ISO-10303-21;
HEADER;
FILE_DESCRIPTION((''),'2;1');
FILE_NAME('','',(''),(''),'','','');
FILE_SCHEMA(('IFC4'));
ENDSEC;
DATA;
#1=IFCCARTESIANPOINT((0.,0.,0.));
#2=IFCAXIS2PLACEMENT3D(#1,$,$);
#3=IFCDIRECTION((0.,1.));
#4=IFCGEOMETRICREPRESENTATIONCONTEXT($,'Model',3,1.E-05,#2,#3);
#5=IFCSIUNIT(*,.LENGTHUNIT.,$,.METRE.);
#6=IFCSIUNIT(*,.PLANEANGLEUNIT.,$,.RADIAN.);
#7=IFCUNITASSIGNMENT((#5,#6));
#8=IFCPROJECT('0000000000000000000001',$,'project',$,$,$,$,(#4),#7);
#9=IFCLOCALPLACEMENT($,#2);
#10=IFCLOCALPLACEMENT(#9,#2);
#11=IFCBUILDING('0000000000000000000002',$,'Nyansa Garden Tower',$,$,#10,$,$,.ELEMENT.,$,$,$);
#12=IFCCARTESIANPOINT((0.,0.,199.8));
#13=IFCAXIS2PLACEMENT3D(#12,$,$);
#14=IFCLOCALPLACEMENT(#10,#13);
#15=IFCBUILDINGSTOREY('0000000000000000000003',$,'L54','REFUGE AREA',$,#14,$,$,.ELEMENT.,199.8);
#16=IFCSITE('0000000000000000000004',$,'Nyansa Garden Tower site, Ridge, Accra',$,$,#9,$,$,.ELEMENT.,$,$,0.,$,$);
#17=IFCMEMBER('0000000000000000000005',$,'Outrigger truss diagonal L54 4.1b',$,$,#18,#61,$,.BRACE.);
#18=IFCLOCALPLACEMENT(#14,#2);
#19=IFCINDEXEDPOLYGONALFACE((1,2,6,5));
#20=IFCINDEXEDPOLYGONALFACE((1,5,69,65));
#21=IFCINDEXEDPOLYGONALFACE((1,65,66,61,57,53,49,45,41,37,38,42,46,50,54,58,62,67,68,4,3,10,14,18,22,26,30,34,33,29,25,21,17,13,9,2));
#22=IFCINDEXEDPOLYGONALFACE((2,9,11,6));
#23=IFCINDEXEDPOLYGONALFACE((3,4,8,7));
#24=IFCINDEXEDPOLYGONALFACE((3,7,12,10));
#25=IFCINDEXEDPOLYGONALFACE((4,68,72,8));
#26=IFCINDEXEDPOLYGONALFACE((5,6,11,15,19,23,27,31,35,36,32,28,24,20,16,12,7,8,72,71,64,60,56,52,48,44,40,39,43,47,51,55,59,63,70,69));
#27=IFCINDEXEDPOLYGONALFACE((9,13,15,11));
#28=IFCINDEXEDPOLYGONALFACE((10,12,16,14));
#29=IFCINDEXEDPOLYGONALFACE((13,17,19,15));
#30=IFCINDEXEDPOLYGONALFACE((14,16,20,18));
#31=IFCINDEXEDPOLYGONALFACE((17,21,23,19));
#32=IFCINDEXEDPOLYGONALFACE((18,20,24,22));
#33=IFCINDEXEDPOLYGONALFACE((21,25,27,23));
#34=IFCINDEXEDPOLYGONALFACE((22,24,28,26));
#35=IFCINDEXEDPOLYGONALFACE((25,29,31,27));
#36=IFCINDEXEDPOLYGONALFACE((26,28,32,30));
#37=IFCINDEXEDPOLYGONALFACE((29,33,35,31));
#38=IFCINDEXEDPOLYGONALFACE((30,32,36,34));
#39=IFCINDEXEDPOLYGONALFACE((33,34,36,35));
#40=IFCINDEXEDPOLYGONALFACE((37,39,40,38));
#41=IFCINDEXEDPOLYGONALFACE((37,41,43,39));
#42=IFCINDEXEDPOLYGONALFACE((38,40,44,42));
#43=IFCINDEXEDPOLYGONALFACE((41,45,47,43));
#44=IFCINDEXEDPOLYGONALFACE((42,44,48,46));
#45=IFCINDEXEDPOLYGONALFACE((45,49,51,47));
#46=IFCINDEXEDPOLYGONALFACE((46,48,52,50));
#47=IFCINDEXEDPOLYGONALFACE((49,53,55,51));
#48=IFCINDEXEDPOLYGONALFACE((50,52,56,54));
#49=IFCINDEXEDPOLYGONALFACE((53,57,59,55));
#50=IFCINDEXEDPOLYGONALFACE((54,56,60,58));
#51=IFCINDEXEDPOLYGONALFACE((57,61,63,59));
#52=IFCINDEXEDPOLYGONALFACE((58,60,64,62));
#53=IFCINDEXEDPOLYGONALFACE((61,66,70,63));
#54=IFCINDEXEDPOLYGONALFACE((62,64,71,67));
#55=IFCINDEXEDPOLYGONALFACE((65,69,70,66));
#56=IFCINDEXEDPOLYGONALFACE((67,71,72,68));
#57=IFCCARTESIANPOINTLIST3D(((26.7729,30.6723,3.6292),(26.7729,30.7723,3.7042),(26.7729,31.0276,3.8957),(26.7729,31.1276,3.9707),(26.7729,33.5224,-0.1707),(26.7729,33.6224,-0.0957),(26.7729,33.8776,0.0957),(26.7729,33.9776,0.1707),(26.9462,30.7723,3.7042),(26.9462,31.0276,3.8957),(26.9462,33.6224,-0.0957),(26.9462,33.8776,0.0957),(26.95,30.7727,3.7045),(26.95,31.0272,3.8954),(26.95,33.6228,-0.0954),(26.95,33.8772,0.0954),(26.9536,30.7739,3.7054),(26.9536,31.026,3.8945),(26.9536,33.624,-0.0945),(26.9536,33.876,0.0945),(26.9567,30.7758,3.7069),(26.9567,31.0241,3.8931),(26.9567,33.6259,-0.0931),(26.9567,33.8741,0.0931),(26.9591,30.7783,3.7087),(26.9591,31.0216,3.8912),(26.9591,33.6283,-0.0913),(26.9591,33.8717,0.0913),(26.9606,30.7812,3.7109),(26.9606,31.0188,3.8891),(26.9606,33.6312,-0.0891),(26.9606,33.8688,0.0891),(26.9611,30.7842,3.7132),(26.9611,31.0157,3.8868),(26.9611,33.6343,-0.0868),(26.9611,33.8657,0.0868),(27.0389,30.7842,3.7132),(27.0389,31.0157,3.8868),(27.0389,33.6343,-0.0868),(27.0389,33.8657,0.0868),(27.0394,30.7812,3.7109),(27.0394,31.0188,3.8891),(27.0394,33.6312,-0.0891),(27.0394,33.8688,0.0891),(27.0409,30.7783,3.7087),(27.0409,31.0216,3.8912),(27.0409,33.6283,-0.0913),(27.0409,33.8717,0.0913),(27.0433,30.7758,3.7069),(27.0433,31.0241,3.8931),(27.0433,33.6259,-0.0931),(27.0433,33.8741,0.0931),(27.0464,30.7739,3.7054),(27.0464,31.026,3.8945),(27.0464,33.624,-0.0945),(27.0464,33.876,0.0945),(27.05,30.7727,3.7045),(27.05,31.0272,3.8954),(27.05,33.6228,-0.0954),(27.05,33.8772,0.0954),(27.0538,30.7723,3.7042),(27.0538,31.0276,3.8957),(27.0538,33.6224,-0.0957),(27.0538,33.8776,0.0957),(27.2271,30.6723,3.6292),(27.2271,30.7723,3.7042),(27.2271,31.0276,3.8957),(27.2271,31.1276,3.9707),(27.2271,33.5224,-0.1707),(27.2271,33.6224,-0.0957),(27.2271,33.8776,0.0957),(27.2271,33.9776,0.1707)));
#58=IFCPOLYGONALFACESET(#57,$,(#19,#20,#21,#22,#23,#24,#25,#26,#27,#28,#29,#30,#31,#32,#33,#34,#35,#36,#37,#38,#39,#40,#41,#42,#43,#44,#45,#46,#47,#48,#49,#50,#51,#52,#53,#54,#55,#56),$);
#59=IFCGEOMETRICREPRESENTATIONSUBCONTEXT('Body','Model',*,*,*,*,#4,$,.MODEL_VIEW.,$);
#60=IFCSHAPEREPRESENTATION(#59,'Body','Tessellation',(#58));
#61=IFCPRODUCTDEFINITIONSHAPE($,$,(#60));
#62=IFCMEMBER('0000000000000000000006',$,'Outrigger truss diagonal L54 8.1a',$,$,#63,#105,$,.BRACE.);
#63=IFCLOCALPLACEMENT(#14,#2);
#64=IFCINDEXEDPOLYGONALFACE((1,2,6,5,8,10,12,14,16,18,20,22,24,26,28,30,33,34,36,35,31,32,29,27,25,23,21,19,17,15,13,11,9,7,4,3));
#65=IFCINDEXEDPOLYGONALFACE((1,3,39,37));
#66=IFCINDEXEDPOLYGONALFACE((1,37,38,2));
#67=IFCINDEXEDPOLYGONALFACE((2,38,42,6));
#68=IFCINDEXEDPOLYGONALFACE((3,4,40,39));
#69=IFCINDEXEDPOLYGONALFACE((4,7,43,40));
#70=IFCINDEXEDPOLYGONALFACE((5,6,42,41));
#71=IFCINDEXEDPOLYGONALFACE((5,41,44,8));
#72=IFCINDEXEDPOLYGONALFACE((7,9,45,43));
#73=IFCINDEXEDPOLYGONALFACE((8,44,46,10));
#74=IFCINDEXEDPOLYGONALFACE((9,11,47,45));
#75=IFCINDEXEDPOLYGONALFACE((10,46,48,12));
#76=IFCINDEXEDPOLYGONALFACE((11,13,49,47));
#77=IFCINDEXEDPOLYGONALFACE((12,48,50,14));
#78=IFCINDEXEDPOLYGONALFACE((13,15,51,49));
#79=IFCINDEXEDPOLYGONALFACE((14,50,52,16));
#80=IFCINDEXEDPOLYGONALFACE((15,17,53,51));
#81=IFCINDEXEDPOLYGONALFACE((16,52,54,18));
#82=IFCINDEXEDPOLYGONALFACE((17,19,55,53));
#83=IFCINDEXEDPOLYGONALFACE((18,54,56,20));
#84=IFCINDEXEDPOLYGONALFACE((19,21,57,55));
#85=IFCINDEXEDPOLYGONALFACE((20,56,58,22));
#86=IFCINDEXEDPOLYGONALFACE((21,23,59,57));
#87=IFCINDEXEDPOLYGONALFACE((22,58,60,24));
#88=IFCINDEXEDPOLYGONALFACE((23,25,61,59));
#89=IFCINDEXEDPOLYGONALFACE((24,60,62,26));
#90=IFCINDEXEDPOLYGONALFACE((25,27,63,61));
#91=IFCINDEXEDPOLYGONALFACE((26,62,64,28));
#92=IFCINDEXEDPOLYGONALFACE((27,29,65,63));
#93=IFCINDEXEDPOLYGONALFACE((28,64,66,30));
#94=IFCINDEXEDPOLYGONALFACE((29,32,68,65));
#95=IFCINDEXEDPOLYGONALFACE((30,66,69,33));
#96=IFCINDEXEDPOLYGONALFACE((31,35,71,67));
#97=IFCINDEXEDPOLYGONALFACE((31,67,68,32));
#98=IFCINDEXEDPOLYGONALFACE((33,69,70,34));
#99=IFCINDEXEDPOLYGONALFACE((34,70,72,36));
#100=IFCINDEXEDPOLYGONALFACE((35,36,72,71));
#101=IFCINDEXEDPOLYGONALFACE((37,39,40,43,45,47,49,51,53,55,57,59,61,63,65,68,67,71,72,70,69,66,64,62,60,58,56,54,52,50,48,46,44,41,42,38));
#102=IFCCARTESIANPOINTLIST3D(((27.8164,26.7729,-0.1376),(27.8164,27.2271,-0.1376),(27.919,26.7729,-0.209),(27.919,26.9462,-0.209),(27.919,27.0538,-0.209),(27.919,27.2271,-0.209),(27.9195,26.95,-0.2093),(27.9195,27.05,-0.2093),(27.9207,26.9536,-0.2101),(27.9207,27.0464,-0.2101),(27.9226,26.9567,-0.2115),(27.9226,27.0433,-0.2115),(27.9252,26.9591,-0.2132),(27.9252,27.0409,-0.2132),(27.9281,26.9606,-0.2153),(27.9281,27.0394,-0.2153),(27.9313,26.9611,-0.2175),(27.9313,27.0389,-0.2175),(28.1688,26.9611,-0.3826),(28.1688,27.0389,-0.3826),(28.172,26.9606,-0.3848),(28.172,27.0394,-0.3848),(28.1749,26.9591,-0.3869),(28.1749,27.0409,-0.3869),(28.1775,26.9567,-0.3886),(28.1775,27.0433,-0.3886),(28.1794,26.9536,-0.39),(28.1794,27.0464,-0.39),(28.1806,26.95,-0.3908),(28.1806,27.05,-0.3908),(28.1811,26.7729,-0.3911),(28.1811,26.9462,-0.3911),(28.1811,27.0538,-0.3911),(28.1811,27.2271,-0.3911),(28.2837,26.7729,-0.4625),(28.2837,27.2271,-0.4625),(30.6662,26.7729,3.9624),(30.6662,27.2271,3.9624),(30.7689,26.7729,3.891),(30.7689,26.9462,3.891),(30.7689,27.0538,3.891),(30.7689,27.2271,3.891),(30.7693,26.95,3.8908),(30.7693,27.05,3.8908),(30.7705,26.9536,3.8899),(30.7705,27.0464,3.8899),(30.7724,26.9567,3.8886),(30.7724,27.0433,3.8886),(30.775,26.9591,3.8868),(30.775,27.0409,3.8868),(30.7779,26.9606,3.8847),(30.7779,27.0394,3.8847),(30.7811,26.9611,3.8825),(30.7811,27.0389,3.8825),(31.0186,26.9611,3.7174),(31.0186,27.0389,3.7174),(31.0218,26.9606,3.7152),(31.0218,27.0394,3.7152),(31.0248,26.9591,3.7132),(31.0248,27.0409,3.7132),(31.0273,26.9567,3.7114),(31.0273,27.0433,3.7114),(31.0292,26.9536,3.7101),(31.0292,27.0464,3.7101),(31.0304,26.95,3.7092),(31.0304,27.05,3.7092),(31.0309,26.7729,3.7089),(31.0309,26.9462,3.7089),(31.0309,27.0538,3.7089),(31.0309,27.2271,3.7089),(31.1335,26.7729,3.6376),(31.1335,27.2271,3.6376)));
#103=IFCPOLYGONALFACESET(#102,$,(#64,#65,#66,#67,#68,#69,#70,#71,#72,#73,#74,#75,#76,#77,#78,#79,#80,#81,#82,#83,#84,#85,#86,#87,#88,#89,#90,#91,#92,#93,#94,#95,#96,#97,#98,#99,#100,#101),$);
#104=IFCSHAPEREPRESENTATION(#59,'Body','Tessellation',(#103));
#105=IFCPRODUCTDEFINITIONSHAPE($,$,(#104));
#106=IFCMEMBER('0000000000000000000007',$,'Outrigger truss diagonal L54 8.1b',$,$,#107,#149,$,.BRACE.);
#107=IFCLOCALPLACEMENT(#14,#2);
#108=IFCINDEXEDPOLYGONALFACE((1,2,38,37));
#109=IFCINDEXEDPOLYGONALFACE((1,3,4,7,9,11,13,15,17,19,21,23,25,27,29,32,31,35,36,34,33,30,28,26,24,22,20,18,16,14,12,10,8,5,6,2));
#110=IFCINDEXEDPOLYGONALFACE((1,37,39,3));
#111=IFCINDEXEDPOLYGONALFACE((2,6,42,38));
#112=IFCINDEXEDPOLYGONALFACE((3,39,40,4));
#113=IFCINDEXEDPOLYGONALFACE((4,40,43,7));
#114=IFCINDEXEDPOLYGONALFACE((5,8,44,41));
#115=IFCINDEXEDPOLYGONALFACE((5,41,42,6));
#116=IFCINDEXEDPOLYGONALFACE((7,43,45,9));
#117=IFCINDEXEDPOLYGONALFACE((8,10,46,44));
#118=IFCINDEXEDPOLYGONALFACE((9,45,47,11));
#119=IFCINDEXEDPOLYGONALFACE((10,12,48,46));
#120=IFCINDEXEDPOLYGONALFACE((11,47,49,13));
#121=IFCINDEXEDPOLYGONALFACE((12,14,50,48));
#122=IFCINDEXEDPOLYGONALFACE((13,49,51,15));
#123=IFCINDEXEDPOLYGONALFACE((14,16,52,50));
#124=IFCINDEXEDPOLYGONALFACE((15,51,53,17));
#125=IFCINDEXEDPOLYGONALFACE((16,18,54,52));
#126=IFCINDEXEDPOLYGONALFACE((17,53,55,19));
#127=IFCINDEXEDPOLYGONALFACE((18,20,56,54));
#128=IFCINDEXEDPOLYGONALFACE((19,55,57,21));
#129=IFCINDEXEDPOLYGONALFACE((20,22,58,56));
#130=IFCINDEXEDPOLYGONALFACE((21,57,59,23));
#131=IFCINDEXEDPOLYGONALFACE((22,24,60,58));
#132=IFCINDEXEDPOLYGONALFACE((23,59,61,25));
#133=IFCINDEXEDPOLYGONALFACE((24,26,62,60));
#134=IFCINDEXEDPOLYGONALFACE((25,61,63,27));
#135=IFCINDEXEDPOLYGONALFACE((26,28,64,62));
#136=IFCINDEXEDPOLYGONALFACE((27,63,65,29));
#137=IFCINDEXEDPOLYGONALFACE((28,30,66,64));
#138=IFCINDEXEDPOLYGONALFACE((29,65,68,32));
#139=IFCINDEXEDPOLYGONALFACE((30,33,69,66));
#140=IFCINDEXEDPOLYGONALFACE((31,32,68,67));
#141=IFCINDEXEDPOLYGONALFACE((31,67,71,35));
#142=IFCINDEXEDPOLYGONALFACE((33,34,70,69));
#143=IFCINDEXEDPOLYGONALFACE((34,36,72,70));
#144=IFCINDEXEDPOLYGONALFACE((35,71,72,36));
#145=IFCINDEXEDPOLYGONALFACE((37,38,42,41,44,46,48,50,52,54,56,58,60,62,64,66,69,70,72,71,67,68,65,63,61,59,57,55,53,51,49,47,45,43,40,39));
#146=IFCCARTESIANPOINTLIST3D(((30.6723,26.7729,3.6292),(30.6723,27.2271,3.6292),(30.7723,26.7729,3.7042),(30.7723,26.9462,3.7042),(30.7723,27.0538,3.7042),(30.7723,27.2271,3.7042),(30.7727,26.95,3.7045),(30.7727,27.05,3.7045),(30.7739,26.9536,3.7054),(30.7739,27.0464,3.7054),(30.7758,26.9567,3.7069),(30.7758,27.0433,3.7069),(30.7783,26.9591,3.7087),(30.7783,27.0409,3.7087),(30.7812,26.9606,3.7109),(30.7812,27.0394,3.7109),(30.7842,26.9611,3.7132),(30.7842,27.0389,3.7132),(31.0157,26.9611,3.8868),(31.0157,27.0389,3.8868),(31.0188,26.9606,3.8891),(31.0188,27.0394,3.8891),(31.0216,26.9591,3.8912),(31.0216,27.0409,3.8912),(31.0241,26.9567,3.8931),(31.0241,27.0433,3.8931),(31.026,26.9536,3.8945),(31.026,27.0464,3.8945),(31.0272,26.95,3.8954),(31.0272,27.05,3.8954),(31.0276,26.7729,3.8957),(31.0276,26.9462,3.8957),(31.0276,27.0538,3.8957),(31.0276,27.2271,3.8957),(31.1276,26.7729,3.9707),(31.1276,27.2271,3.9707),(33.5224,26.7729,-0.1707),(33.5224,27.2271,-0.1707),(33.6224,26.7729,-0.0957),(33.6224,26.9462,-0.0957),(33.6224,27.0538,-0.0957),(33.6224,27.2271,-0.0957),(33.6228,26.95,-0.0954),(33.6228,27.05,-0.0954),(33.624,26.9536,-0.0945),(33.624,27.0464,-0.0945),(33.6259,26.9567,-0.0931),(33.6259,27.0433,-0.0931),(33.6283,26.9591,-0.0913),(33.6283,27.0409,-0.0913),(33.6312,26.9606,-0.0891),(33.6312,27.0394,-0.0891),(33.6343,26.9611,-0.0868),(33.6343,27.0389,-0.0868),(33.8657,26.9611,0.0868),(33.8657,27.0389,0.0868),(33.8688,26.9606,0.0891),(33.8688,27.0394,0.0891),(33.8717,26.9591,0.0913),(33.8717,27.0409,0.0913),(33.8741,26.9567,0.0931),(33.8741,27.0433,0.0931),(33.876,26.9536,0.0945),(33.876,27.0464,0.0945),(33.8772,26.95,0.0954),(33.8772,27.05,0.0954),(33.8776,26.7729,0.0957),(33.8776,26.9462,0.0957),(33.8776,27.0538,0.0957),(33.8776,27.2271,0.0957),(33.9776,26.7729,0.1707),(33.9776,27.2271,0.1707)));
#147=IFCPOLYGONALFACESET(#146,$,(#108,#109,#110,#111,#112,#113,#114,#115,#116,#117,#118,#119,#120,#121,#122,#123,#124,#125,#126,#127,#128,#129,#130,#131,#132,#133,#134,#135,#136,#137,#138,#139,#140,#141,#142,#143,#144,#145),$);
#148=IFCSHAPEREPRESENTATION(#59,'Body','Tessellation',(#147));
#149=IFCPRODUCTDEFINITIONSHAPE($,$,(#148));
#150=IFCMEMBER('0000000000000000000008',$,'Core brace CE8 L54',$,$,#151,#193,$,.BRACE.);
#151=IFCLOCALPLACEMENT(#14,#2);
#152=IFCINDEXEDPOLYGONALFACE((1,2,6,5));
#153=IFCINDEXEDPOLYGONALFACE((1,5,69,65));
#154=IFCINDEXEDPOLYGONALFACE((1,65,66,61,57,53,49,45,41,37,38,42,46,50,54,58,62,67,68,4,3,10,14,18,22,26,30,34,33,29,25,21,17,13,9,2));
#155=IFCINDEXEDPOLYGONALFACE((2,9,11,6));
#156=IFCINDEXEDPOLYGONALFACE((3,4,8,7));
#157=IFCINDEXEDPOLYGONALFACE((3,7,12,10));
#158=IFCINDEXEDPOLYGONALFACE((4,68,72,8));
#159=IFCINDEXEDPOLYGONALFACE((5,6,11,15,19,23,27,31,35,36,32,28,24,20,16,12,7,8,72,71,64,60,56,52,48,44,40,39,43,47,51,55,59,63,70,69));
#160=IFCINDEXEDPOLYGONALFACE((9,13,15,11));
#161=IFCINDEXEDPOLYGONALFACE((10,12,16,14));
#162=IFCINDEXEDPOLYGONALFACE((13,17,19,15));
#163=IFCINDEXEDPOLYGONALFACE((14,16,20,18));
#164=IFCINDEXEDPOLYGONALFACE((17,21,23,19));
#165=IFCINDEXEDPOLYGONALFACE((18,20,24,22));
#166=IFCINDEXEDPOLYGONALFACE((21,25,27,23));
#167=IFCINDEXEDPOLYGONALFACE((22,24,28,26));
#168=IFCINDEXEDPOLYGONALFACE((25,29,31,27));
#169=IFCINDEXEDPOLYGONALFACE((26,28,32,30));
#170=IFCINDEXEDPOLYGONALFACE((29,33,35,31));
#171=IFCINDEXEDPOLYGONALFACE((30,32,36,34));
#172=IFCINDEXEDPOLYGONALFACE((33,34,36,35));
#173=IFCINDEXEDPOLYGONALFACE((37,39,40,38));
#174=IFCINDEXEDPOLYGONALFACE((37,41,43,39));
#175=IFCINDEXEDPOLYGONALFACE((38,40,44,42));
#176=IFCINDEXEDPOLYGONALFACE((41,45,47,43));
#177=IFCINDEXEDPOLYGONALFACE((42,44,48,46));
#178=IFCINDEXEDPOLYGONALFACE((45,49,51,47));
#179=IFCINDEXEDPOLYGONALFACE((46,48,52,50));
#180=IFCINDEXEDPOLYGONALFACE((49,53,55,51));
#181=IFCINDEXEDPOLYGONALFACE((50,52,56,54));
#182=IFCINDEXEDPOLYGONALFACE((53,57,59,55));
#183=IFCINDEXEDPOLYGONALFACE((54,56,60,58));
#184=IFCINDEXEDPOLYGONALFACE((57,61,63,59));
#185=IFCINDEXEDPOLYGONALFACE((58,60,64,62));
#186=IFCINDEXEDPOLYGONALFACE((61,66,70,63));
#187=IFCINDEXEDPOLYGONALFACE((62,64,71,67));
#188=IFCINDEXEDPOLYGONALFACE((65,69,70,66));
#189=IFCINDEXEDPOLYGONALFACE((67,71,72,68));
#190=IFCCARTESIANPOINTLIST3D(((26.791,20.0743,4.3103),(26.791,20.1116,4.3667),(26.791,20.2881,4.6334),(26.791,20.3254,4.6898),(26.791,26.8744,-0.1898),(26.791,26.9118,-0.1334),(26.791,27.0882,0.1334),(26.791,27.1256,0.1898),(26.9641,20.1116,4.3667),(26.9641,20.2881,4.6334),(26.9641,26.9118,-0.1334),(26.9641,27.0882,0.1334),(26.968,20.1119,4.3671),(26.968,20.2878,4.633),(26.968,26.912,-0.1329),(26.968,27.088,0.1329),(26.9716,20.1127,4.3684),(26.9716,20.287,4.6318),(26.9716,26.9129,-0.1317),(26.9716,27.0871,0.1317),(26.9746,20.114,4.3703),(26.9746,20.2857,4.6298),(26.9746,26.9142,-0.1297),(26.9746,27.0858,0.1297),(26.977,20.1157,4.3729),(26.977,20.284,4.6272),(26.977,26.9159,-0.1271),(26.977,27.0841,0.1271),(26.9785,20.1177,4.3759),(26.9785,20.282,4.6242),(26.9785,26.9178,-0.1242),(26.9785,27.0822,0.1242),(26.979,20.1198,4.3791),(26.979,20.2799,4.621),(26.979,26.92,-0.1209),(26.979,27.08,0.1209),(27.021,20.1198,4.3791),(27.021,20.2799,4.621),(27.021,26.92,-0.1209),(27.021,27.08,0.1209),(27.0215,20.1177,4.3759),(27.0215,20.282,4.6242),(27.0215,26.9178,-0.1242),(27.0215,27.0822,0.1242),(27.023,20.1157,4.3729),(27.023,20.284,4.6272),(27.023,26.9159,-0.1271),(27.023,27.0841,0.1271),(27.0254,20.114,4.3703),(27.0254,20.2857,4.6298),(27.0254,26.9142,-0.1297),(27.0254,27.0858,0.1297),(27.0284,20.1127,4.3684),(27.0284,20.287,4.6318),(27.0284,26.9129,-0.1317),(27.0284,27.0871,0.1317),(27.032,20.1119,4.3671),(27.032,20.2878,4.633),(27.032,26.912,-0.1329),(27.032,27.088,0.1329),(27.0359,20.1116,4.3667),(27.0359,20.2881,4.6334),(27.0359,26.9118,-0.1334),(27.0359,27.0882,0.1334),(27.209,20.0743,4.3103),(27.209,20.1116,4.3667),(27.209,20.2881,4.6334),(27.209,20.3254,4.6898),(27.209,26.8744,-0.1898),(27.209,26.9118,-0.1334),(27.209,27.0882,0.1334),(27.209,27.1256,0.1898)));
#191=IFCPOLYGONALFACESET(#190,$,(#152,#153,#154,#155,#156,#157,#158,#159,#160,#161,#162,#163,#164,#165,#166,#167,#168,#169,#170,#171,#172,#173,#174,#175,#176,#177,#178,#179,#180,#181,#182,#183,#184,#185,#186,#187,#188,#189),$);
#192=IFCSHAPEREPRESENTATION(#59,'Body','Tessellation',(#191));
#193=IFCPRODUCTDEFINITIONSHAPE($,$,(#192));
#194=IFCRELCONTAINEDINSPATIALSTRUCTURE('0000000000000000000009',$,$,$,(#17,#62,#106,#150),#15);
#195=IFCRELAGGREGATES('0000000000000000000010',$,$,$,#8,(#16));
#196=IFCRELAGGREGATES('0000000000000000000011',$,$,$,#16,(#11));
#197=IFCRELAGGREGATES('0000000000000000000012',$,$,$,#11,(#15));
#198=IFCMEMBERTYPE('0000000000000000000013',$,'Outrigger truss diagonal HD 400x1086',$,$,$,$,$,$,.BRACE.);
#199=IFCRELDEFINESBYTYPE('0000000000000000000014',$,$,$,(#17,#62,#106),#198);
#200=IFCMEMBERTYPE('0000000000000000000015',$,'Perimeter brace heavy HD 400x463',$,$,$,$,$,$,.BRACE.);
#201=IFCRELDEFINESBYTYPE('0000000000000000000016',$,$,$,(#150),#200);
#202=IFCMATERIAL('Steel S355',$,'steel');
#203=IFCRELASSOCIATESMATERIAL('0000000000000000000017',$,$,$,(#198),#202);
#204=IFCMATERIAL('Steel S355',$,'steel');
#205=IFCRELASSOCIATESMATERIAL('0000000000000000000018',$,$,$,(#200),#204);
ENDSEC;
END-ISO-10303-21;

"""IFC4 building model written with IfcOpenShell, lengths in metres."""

from ifc_helpers import new_model, si_unit, direction, frame, origin, origin_2d, place, context, subcontext, project, spatial, i_section, extrude, material, material_profile, profile_set, type_object, element, save


model = new_model("IFC4")

# Units and contexts
model_context = context("Model", 3, precision=1e-05, world=origin(), true_north=direction((0.0, 1.0)))
body_context = subcontext(model_context, "Body", "Model", "MODEL_VIEW")
ifc_project = project(units=[si_unit("LENGTHUNIT", "METRE"), si_unit("PLANEANGLEUNIT", "RADIAN")], contexts=[model_context])

# Site, building, storey
site_placement = place(None, origin())
site = spatial("IfcSite", under=ifc_project, at=site_placement, Name="Nyansa Garden Tower site, Ridge, Accra", CompositionType="ELEMENT", RefElevation=0.0)
building_placement = place(site_placement, origin())
building = spatial("IfcBuilding", under=site, at=building_placement, Name="Nyansa Garden Tower", CompositionType="ELEMENT")
storey_placement = place(building_placement, frame((0.0, 0.0, 199.8)))
storey = spatial("IfcBuildingStorey", under=building, at=storey_placement, Name="L54", Description="REFUGE AREA", CompositionType="ELEMENT", Elevation=199.8)

# Members
ifc_material_1 = material(Name="Steel S355", Category="steel")
ifc_material_profile_1 = material_profile(ifc_material_1, i_section(OverallWidth=0.4541, OverallDepth=0.5691, WebThickness=0.0779, FlangeThickness=0.125, FilletRadius=0.0149, at=origin_2d()), Name="HD 400x1086")
ifc_profile_set_1 = profile_set([ifc_material_profile_1], Name="Steel S355")
member_type_1 = type_object("IfcMemberType", Name="Outrigger truss diagonal HD 400x1086", PredefinedType="BRACE", material=ifc_profile_set_1)
member_1_placement = place(storey_placement, frame((27.0, 33.75, 0.0), z_axis=(0.0, -0.600008, 0.799994), x_axis=(1.0, 0.0, 0.0)))
element("IfcMember", 1, at=member_1_placement, inside=storey, type_object=member_type_1, Name="Outrigger truss diagonal L54 4.1b", PredefinedType="BRACE", context=body_context, shape_type="SweptSolid", body=[
    extrude(i_section(OverallWidth=0.4541, OverallDepth=0.5691, WebThickness=0.0779, FlangeThickness=0.125, FilletRadius=0.0149, at=origin_2d()), origin(), (0.0, 0.0, 1.0), 4.75),
])
member_2_placement = place(storey_placement, frame((28.05, 27.0, -0.3), z_axis=(0.570742, 0.0, 0.821129), x_axis=(0.0, 1.0, 0.0)))
element("IfcMember", 2, at=member_2_placement, inside=storey, type_object=member_type_1, Name="Outrigger truss diagonal L54 8.1a", PredefinedType="BRACE", context=body_context, shape_type="SweptSolid", body=[
    extrude(i_section(OverallWidth=0.4541, OverallDepth=0.5691, WebThickness=0.0779, FlangeThickness=0.125, FilletRadius=0.0149, at=origin_2d()), origin(), (0.0, 0.0, 1.0), 4.9932),
])
member_3_placement = place(storey_placement, frame((33.75, 27.0, 0.0), z_axis=(-0.600008, 0.0, 0.799994), x_axis=(0.0, -1.0, 0.0)))
element("IfcMember", 3, at=member_3_placement, inside=storey, type_object=member_type_1, Name="Outrigger truss diagonal L54 8.1b", PredefinedType="BRACE", context=body_context, shape_type="SweptSolid", body=[
    extrude(i_section(OverallWidth=0.4541, OverallDepth=0.5691, WebThickness=0.0779, FlangeThickness=0.125, FilletRadius=0.0149, at=origin_2d()), origin(), (0.0, 0.0, 1.0), 4.75),
])
ifc_material_2 = material(Name="Steel S355", Category="steel")
ifc_material_profile_2 = material_profile(ifc_material_2, i_section(OverallWidth=0.418, OverallDepth=0.4551, WebThickness=0.042, FlangeThickness=0.0676, FilletRadius=0.0149, at=origin_2d()), Name="HD 400x463")
ifc_profile_set_2 = profile_set([ifc_material_profile_2], Name="Steel S355")
member_type_2 = type_object("IfcMemberType", Name="Perimeter brace heavy HD 400x463", PredefinedType="BRACE", material=ifc_profile_set_2)
member_4_placement = place(storey_placement, frame((27.0, 27.0, 0.0), z_axis=(0.0, -0.833934, 0.551864), x_axis=(1.0, 0.0, 0.0)))
element("IfcMember", 4, at=member_4_placement, inside=storey, type_object=member_type_2, Name="Core brace CE8 L54", PredefinedType="BRACE", context=body_context, shape_type="SweptSolid", body=[
    extrude(i_section(OverallWidth=0.418, OverallDepth=0.4551, WebThickness=0.042, FlangeThickness=0.0676, FilletRadius=0.0149, at=origin_2d()), origin(), (0.0, 0.0, 1.0), 8.1543),
])

save(model, "model.ifc")
